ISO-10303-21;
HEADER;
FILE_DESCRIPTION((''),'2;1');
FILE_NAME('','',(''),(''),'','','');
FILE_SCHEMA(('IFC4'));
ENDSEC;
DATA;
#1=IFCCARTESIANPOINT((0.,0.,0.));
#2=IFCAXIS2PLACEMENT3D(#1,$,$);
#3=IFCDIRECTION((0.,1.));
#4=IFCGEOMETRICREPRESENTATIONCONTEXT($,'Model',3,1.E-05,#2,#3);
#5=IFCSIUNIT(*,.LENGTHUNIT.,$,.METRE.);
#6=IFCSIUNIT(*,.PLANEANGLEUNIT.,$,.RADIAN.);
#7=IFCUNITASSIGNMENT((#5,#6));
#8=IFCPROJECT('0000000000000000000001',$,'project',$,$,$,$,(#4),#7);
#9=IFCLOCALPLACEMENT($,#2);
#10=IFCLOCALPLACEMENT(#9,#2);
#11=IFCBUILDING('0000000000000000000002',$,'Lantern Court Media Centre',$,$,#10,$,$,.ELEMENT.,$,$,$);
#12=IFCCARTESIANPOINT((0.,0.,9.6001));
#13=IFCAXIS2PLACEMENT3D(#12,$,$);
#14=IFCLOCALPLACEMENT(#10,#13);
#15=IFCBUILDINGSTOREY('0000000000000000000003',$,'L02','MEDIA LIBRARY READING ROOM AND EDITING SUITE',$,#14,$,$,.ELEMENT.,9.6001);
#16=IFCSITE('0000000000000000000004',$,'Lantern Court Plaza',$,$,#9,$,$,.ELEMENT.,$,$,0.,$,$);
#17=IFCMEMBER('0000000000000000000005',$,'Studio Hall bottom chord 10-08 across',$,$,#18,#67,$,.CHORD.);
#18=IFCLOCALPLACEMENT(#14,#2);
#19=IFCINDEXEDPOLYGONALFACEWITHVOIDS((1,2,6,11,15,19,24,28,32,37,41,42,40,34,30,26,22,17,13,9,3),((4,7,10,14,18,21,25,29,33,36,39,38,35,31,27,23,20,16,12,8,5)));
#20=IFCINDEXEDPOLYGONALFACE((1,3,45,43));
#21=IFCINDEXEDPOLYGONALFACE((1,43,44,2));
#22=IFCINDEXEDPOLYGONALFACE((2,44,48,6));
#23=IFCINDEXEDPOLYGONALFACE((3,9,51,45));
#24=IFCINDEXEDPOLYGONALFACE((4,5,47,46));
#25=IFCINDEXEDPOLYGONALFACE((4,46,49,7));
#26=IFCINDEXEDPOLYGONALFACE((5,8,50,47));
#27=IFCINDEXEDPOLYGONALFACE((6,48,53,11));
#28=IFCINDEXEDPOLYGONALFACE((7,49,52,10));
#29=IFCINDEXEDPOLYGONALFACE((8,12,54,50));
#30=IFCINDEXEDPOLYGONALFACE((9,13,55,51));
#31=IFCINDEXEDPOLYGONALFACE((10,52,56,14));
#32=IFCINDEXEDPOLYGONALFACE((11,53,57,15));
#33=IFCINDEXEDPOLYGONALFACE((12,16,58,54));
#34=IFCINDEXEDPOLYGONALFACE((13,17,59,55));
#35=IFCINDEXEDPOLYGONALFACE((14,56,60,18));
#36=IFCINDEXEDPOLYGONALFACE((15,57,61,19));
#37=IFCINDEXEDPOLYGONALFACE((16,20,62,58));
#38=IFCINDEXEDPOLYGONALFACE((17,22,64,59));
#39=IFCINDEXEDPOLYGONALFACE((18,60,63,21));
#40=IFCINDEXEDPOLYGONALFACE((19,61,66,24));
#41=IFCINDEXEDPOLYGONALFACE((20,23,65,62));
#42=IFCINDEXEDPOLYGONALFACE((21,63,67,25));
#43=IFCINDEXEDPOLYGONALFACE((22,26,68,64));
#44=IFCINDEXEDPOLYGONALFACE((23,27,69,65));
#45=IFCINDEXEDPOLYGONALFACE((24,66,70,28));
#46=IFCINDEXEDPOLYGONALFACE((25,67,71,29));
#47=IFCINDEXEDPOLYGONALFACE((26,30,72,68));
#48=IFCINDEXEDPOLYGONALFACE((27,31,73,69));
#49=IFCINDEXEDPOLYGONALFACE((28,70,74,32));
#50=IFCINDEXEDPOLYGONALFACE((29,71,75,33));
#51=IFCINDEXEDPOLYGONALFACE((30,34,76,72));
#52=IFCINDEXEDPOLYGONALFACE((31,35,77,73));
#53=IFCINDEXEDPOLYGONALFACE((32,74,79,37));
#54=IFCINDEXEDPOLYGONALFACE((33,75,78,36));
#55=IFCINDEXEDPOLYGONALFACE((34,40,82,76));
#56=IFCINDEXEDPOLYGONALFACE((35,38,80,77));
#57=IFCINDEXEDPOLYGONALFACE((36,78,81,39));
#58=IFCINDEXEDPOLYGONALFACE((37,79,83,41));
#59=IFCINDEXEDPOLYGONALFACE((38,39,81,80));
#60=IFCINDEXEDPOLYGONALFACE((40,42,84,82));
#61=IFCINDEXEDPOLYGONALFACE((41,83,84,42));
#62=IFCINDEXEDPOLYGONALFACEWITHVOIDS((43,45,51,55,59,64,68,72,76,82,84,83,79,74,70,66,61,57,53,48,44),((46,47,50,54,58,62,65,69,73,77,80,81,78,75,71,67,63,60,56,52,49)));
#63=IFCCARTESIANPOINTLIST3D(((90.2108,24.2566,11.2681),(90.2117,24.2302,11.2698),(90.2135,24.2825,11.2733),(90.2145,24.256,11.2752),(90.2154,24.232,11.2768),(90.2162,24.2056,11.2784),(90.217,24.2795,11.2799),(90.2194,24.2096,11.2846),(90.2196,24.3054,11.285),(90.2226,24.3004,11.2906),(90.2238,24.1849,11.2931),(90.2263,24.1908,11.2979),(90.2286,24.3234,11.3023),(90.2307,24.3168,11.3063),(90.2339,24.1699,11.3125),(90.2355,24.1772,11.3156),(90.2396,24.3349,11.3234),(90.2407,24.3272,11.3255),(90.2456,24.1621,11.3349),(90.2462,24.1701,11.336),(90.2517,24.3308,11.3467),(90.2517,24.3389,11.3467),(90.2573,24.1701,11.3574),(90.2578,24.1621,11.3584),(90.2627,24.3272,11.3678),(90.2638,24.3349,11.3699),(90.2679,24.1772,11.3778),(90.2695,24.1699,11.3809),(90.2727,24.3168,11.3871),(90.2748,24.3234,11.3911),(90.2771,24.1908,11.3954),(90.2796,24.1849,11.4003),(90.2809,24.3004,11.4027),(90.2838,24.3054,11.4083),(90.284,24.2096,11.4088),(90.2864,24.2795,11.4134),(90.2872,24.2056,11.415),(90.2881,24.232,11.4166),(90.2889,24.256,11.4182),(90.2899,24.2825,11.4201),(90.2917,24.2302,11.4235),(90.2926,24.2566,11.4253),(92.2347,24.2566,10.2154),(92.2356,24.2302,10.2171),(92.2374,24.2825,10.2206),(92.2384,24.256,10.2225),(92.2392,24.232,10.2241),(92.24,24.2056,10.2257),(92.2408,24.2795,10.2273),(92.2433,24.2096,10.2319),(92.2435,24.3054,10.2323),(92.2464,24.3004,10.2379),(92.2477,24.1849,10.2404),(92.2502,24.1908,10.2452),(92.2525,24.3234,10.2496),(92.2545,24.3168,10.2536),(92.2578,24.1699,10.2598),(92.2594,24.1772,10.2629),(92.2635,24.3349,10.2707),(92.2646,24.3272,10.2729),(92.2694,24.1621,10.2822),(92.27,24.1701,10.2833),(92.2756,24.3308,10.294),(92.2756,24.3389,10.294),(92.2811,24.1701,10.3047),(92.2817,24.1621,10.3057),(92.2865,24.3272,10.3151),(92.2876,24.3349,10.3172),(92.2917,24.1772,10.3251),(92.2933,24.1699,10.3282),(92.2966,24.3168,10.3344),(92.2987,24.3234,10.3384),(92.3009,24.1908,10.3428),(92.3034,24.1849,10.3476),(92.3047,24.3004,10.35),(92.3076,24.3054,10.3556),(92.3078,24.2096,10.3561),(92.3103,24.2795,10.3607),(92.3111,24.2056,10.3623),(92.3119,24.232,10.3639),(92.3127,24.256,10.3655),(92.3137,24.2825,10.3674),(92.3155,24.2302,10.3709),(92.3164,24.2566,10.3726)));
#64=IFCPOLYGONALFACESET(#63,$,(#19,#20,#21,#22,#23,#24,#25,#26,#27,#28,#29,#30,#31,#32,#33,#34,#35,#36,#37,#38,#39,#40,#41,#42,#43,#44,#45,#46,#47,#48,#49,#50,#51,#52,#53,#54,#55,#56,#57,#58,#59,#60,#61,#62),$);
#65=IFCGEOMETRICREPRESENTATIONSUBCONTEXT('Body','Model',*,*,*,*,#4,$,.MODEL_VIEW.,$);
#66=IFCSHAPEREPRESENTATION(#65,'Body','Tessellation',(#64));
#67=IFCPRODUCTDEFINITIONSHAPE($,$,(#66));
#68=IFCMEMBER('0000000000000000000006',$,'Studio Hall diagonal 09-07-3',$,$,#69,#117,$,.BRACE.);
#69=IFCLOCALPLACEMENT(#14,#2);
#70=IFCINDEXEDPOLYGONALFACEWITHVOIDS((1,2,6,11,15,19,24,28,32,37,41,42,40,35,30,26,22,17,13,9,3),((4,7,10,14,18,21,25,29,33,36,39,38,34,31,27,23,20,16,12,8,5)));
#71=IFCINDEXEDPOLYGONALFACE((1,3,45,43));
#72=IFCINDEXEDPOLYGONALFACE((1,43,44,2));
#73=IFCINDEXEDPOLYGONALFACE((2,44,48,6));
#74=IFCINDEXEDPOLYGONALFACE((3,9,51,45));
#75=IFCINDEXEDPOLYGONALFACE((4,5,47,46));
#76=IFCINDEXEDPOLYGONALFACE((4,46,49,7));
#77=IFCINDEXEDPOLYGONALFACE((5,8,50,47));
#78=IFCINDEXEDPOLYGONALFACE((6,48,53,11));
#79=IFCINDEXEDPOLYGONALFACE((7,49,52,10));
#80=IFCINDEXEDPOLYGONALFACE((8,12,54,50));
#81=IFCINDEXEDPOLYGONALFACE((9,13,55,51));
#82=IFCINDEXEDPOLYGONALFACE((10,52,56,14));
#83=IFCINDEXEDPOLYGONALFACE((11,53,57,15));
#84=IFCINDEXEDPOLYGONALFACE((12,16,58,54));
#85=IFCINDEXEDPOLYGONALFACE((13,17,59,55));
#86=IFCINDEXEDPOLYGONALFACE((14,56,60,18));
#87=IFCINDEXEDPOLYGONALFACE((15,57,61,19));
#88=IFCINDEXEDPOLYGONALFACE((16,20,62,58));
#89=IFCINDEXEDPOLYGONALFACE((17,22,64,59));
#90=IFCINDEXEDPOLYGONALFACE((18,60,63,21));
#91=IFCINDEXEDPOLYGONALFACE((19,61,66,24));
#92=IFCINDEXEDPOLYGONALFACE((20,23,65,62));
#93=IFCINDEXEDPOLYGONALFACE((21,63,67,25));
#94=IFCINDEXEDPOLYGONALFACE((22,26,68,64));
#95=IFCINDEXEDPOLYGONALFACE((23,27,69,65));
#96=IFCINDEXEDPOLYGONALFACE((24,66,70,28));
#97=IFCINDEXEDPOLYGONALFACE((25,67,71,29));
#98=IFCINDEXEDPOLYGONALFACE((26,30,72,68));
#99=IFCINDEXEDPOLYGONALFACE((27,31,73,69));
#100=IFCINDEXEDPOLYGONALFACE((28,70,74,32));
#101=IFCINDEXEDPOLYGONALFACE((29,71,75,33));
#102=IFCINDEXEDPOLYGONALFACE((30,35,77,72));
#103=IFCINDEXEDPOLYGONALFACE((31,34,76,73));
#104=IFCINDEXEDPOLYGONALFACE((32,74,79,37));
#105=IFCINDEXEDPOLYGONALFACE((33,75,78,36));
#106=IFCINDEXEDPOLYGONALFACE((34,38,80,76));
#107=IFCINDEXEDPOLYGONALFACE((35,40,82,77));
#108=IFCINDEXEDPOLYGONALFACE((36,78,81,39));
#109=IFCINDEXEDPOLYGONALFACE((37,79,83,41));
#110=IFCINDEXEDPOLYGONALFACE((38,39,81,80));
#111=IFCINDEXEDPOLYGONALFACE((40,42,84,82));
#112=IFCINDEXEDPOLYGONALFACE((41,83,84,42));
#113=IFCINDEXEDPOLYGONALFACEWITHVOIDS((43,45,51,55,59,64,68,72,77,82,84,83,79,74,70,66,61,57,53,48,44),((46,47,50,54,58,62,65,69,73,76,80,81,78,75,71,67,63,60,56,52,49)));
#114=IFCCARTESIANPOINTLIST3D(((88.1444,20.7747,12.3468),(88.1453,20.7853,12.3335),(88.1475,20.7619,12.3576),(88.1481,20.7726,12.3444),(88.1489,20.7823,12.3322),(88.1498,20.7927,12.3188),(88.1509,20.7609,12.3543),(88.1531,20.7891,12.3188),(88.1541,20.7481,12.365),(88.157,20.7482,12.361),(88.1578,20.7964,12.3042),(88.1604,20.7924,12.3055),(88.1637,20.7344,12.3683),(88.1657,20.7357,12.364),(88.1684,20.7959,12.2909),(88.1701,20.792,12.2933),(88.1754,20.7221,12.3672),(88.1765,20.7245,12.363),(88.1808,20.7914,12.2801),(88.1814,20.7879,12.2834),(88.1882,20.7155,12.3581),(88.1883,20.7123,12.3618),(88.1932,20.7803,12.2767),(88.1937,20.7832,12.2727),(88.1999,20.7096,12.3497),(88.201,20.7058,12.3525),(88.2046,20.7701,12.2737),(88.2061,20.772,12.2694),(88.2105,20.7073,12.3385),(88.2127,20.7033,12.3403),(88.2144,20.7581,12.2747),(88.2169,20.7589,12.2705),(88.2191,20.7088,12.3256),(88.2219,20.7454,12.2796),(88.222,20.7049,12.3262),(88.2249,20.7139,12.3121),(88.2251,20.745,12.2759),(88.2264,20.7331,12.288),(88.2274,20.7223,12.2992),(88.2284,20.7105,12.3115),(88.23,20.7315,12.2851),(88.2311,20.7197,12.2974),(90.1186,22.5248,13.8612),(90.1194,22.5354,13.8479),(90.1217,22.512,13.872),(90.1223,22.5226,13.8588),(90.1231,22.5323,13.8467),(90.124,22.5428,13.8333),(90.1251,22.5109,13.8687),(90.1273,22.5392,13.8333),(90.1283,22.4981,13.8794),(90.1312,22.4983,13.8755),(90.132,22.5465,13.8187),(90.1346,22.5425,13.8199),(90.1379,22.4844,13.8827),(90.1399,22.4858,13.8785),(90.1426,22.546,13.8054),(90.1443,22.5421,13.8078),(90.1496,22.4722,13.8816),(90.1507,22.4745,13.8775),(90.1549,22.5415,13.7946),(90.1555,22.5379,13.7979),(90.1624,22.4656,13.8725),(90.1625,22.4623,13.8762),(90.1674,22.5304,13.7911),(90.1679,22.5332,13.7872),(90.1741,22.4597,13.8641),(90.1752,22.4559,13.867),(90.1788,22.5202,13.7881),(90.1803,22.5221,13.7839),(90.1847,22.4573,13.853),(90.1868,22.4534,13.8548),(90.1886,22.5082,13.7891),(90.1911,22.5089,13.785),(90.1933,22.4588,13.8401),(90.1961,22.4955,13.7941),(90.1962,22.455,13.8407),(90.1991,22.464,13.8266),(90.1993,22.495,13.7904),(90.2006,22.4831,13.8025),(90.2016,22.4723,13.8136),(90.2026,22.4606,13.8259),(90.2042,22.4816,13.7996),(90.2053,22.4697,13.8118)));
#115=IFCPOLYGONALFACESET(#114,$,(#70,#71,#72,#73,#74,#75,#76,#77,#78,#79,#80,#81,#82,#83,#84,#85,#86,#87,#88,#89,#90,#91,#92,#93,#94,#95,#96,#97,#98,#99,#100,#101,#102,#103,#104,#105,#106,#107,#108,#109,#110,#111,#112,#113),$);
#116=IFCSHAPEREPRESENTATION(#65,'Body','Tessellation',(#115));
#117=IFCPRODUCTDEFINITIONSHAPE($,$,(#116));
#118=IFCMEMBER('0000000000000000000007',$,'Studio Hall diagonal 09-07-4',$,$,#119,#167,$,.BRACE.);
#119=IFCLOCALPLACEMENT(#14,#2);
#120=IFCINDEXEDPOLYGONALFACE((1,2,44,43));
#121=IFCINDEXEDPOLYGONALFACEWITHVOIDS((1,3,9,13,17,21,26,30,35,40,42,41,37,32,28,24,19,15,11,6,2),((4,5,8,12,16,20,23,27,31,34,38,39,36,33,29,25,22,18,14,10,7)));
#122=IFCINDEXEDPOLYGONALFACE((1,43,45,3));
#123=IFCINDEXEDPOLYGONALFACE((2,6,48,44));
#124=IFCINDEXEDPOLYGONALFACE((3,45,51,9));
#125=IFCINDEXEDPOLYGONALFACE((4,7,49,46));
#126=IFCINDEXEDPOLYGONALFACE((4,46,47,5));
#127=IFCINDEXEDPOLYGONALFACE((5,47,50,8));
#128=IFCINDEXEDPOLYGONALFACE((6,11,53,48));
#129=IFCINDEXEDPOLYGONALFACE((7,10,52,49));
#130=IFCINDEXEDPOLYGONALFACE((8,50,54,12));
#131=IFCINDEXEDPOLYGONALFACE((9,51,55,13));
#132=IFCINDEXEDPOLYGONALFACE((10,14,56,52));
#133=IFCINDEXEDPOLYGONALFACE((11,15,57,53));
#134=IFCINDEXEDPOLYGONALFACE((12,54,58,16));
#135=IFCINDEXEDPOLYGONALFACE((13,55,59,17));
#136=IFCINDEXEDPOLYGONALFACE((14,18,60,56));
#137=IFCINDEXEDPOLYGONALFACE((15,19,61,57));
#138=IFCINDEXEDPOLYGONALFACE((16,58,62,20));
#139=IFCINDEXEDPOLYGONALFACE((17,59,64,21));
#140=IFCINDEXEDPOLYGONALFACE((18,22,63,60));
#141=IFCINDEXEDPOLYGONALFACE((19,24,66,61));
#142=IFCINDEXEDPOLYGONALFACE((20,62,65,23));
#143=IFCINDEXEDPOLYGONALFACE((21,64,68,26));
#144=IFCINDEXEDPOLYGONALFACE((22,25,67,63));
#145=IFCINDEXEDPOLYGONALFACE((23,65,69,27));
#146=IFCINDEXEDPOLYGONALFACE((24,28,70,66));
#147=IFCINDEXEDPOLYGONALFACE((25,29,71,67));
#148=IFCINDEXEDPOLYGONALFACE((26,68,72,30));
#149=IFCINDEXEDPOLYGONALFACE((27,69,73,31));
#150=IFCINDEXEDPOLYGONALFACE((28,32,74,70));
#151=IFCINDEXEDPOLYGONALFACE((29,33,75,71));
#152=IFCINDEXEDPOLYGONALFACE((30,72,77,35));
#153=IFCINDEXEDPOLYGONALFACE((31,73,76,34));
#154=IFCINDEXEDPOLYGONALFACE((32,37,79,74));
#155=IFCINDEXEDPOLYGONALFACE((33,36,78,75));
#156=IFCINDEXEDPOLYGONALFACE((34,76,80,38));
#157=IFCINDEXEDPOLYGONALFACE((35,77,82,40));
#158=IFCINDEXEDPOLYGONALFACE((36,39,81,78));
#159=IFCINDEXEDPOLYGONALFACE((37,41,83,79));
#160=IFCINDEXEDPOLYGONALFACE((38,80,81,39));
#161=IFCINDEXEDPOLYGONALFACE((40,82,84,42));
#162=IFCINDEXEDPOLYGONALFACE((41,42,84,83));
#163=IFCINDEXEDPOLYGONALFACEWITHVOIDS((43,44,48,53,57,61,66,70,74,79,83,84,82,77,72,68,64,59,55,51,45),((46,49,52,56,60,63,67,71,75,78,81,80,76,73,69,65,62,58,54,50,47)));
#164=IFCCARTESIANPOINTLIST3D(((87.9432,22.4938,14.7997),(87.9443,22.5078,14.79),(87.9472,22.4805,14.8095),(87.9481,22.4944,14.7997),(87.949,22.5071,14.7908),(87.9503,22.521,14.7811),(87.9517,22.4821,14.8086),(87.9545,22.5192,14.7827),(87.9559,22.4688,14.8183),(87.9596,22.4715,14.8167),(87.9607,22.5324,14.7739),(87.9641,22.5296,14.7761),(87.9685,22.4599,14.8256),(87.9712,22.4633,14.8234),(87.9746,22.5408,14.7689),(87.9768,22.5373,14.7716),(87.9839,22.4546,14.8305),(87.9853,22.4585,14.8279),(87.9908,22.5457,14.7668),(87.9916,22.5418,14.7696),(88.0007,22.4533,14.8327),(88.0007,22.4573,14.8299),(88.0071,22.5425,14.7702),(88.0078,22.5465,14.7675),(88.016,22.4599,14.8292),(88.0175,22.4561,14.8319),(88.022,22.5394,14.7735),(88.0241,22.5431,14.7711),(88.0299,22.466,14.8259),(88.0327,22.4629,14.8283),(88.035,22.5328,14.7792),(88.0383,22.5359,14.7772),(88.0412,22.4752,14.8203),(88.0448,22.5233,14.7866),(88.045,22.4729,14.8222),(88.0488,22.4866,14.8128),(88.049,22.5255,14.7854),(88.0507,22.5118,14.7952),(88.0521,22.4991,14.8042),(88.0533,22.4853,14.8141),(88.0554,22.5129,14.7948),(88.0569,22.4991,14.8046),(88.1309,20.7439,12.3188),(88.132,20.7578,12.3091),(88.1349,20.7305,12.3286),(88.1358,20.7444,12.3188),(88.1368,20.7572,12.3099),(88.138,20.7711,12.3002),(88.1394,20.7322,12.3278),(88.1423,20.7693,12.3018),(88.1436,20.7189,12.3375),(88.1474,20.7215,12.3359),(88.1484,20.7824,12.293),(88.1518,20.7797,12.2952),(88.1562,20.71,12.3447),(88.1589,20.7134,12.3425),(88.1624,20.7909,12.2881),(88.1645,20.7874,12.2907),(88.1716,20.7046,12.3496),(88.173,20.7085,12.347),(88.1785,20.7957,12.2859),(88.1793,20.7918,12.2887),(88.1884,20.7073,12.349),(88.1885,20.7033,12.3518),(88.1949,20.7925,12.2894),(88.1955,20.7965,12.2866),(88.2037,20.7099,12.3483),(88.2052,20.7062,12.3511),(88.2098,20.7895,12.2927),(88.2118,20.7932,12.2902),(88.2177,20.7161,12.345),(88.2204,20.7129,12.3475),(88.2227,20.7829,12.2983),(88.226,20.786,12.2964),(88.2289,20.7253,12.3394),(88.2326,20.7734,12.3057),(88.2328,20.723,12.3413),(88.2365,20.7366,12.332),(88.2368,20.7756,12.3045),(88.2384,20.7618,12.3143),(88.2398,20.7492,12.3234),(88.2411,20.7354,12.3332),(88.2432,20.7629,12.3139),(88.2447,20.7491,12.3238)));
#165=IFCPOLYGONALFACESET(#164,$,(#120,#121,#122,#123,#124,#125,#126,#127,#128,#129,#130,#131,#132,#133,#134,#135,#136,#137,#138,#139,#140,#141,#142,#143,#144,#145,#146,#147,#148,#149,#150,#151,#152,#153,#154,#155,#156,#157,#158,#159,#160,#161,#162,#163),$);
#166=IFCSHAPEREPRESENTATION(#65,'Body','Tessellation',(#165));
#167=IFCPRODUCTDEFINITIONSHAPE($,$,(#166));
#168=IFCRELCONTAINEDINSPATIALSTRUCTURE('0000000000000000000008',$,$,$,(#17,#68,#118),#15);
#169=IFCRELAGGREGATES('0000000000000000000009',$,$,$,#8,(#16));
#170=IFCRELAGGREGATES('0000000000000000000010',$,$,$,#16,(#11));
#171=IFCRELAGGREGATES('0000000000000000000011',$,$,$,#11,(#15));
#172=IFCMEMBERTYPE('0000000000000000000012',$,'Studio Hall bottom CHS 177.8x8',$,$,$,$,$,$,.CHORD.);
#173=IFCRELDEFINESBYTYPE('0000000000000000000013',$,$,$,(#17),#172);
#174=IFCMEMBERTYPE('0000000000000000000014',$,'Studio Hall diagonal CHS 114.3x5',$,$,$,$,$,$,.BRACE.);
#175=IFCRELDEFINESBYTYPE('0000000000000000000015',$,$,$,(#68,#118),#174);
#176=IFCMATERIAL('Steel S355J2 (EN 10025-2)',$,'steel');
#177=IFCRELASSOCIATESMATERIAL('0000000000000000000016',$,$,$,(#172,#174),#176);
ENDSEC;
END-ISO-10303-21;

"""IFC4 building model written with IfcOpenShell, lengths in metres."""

from ifc_helpers import new_model, si_unit, direction, frame, origin, origin_2d, place, context, subcontext, project, spatial, hollow_circle, extrude, material, material_profile, profile_set, type_object, element, save


model = new_model("IFC4")

# Units and contexts
model_context = context("Model", 3, precision=1e-05, world=origin(), true_north=direction((0.0, 1.0)))
body_context = subcontext(model_context, "Body", "Model", "MODEL_VIEW")
ifc_project = project(units=[si_unit("LENGTHUNIT", "METRE"), si_unit("PLANEANGLEUNIT", "RADIAN")], contexts=[model_context])

# Site, building, storey
site_placement = place(None, origin())
site = spatial("IfcSite", under=ifc_project, at=site_placement, Name="Lantern Court Plaza", CompositionType="ELEMENT", RefElevation=0.0)
building_placement = place(site_placement, origin())
building = spatial("IfcBuilding", under=site, at=building_placement, Name="Lantern Court Media Centre", CompositionType="ELEMENT")
storey_placement = place(building_placement, frame((0.0, 0.0, 9.6001)))
storey = spatial("IfcBuildingStorey", under=building, at=storey_placement, Name="L02", Description="MEDIA LIBRARY READING ROOM AND EDITING SUITE", CompositionType="ELEMENT", Elevation=9.6001)

# Members
ifc_material = material(Name="Steel S355J2 (EN 10025-2)", Category="steel")
ifc_material_profile_1 = material_profile(ifc_material, hollow_circle(Radius=0.0889, WallThickness=0.0081, at=origin_2d()), Name="Studio Hall bottom CHS 177.8x8")
ifc_profile_set_1 = profile_set([ifc_material_profile_1], Name="Steel S355J2 (EN 10025-2)")
member_type_1 = type_object("IfcMemberType", Name="Studio Hall bottom CHS 177.8x8", PredefinedType="CHORD", material=ifc_profile_set_1)
member_1_placement = place(storey_placement, frame((90.2517, 24.25, 11.3467), z_axis=(0.887164, 0.0, -0.461454), x_axis=(0.0, 1.0, 0.0)))
element("IfcMember", 1, at=member_1_placement, inside=storey, type_object=member_type_1, Name="Studio Hall bottom chord 10-08 across", PredefinedType="CHORD", context=body_context, shape_type="SweptSolid", body=[
    extrude(hollow_circle(Radius=0.0889, WallThickness=0.0081, at=origin_2d()), origin(), (0.0, 0.0, 1.0), 2.2812),
])
ifc_material_profile_2 = material_profile(ifc_material, hollow_circle(Radius=0.0571, WallThickness=0.0049, at=origin_2d()), Name="Studio Hall diagonal CHS 114.3x5")
ifc_profile_set_2 = profile_set([ifc_material_profile_2], Name="Steel S355J2 (EN 10025-2)")
member_type_2 = type_object("IfcMemberType", Name="Studio Hall diagonal CHS 114.3x5", PredefinedType="BRACE", material=ifc_profile_set_2)
member_2_placement = place(storey_placement, frame((88.1877, 20.75, 12.3188), z_axis=(0.648979, 0.575301, 0.49785), x_axis=(-0.663352, 0.748307, 0.0)))
element("IfcMember", 2, at=member_2_placement, inside=storey, type_object=member_type_2, Name="Studio Hall diagonal 09-07-3", PredefinedType="BRACE", context=body_context, shape_type="SweptSolid", body=[
    extrude(hollow_circle(Radius=0.0571, WallThickness=0.0049, at=origin_2d()), origin(), (0.0, 0.0, 1.0), 3.042),
])
for number, where, z_axis, x_axis, name in (
    (3, (88.1877, 20.75, 12.3188), (-0.06172, 0.575306, 0.815606), (-0.994294, -0.10667, 0.0), "Studio Hall diagonal 09-07-4"),
):
    element("IfcMember", number, at=place(storey_placement, frame(where, z_axis=z_axis, x_axis=x_axis)), inside=storey, type_object=member_type_2, Name=name, PredefinedType="BRACE", context=body_context, shape_type="SweptSolid", body=[
        extrude(hollow_circle(Radius=0.0571, WallThickness=0.0049, at=origin_2d()), origin(), (0.0, 0.0, 1.0), 3.0417),
    ])

save(model, "model.ifc")
